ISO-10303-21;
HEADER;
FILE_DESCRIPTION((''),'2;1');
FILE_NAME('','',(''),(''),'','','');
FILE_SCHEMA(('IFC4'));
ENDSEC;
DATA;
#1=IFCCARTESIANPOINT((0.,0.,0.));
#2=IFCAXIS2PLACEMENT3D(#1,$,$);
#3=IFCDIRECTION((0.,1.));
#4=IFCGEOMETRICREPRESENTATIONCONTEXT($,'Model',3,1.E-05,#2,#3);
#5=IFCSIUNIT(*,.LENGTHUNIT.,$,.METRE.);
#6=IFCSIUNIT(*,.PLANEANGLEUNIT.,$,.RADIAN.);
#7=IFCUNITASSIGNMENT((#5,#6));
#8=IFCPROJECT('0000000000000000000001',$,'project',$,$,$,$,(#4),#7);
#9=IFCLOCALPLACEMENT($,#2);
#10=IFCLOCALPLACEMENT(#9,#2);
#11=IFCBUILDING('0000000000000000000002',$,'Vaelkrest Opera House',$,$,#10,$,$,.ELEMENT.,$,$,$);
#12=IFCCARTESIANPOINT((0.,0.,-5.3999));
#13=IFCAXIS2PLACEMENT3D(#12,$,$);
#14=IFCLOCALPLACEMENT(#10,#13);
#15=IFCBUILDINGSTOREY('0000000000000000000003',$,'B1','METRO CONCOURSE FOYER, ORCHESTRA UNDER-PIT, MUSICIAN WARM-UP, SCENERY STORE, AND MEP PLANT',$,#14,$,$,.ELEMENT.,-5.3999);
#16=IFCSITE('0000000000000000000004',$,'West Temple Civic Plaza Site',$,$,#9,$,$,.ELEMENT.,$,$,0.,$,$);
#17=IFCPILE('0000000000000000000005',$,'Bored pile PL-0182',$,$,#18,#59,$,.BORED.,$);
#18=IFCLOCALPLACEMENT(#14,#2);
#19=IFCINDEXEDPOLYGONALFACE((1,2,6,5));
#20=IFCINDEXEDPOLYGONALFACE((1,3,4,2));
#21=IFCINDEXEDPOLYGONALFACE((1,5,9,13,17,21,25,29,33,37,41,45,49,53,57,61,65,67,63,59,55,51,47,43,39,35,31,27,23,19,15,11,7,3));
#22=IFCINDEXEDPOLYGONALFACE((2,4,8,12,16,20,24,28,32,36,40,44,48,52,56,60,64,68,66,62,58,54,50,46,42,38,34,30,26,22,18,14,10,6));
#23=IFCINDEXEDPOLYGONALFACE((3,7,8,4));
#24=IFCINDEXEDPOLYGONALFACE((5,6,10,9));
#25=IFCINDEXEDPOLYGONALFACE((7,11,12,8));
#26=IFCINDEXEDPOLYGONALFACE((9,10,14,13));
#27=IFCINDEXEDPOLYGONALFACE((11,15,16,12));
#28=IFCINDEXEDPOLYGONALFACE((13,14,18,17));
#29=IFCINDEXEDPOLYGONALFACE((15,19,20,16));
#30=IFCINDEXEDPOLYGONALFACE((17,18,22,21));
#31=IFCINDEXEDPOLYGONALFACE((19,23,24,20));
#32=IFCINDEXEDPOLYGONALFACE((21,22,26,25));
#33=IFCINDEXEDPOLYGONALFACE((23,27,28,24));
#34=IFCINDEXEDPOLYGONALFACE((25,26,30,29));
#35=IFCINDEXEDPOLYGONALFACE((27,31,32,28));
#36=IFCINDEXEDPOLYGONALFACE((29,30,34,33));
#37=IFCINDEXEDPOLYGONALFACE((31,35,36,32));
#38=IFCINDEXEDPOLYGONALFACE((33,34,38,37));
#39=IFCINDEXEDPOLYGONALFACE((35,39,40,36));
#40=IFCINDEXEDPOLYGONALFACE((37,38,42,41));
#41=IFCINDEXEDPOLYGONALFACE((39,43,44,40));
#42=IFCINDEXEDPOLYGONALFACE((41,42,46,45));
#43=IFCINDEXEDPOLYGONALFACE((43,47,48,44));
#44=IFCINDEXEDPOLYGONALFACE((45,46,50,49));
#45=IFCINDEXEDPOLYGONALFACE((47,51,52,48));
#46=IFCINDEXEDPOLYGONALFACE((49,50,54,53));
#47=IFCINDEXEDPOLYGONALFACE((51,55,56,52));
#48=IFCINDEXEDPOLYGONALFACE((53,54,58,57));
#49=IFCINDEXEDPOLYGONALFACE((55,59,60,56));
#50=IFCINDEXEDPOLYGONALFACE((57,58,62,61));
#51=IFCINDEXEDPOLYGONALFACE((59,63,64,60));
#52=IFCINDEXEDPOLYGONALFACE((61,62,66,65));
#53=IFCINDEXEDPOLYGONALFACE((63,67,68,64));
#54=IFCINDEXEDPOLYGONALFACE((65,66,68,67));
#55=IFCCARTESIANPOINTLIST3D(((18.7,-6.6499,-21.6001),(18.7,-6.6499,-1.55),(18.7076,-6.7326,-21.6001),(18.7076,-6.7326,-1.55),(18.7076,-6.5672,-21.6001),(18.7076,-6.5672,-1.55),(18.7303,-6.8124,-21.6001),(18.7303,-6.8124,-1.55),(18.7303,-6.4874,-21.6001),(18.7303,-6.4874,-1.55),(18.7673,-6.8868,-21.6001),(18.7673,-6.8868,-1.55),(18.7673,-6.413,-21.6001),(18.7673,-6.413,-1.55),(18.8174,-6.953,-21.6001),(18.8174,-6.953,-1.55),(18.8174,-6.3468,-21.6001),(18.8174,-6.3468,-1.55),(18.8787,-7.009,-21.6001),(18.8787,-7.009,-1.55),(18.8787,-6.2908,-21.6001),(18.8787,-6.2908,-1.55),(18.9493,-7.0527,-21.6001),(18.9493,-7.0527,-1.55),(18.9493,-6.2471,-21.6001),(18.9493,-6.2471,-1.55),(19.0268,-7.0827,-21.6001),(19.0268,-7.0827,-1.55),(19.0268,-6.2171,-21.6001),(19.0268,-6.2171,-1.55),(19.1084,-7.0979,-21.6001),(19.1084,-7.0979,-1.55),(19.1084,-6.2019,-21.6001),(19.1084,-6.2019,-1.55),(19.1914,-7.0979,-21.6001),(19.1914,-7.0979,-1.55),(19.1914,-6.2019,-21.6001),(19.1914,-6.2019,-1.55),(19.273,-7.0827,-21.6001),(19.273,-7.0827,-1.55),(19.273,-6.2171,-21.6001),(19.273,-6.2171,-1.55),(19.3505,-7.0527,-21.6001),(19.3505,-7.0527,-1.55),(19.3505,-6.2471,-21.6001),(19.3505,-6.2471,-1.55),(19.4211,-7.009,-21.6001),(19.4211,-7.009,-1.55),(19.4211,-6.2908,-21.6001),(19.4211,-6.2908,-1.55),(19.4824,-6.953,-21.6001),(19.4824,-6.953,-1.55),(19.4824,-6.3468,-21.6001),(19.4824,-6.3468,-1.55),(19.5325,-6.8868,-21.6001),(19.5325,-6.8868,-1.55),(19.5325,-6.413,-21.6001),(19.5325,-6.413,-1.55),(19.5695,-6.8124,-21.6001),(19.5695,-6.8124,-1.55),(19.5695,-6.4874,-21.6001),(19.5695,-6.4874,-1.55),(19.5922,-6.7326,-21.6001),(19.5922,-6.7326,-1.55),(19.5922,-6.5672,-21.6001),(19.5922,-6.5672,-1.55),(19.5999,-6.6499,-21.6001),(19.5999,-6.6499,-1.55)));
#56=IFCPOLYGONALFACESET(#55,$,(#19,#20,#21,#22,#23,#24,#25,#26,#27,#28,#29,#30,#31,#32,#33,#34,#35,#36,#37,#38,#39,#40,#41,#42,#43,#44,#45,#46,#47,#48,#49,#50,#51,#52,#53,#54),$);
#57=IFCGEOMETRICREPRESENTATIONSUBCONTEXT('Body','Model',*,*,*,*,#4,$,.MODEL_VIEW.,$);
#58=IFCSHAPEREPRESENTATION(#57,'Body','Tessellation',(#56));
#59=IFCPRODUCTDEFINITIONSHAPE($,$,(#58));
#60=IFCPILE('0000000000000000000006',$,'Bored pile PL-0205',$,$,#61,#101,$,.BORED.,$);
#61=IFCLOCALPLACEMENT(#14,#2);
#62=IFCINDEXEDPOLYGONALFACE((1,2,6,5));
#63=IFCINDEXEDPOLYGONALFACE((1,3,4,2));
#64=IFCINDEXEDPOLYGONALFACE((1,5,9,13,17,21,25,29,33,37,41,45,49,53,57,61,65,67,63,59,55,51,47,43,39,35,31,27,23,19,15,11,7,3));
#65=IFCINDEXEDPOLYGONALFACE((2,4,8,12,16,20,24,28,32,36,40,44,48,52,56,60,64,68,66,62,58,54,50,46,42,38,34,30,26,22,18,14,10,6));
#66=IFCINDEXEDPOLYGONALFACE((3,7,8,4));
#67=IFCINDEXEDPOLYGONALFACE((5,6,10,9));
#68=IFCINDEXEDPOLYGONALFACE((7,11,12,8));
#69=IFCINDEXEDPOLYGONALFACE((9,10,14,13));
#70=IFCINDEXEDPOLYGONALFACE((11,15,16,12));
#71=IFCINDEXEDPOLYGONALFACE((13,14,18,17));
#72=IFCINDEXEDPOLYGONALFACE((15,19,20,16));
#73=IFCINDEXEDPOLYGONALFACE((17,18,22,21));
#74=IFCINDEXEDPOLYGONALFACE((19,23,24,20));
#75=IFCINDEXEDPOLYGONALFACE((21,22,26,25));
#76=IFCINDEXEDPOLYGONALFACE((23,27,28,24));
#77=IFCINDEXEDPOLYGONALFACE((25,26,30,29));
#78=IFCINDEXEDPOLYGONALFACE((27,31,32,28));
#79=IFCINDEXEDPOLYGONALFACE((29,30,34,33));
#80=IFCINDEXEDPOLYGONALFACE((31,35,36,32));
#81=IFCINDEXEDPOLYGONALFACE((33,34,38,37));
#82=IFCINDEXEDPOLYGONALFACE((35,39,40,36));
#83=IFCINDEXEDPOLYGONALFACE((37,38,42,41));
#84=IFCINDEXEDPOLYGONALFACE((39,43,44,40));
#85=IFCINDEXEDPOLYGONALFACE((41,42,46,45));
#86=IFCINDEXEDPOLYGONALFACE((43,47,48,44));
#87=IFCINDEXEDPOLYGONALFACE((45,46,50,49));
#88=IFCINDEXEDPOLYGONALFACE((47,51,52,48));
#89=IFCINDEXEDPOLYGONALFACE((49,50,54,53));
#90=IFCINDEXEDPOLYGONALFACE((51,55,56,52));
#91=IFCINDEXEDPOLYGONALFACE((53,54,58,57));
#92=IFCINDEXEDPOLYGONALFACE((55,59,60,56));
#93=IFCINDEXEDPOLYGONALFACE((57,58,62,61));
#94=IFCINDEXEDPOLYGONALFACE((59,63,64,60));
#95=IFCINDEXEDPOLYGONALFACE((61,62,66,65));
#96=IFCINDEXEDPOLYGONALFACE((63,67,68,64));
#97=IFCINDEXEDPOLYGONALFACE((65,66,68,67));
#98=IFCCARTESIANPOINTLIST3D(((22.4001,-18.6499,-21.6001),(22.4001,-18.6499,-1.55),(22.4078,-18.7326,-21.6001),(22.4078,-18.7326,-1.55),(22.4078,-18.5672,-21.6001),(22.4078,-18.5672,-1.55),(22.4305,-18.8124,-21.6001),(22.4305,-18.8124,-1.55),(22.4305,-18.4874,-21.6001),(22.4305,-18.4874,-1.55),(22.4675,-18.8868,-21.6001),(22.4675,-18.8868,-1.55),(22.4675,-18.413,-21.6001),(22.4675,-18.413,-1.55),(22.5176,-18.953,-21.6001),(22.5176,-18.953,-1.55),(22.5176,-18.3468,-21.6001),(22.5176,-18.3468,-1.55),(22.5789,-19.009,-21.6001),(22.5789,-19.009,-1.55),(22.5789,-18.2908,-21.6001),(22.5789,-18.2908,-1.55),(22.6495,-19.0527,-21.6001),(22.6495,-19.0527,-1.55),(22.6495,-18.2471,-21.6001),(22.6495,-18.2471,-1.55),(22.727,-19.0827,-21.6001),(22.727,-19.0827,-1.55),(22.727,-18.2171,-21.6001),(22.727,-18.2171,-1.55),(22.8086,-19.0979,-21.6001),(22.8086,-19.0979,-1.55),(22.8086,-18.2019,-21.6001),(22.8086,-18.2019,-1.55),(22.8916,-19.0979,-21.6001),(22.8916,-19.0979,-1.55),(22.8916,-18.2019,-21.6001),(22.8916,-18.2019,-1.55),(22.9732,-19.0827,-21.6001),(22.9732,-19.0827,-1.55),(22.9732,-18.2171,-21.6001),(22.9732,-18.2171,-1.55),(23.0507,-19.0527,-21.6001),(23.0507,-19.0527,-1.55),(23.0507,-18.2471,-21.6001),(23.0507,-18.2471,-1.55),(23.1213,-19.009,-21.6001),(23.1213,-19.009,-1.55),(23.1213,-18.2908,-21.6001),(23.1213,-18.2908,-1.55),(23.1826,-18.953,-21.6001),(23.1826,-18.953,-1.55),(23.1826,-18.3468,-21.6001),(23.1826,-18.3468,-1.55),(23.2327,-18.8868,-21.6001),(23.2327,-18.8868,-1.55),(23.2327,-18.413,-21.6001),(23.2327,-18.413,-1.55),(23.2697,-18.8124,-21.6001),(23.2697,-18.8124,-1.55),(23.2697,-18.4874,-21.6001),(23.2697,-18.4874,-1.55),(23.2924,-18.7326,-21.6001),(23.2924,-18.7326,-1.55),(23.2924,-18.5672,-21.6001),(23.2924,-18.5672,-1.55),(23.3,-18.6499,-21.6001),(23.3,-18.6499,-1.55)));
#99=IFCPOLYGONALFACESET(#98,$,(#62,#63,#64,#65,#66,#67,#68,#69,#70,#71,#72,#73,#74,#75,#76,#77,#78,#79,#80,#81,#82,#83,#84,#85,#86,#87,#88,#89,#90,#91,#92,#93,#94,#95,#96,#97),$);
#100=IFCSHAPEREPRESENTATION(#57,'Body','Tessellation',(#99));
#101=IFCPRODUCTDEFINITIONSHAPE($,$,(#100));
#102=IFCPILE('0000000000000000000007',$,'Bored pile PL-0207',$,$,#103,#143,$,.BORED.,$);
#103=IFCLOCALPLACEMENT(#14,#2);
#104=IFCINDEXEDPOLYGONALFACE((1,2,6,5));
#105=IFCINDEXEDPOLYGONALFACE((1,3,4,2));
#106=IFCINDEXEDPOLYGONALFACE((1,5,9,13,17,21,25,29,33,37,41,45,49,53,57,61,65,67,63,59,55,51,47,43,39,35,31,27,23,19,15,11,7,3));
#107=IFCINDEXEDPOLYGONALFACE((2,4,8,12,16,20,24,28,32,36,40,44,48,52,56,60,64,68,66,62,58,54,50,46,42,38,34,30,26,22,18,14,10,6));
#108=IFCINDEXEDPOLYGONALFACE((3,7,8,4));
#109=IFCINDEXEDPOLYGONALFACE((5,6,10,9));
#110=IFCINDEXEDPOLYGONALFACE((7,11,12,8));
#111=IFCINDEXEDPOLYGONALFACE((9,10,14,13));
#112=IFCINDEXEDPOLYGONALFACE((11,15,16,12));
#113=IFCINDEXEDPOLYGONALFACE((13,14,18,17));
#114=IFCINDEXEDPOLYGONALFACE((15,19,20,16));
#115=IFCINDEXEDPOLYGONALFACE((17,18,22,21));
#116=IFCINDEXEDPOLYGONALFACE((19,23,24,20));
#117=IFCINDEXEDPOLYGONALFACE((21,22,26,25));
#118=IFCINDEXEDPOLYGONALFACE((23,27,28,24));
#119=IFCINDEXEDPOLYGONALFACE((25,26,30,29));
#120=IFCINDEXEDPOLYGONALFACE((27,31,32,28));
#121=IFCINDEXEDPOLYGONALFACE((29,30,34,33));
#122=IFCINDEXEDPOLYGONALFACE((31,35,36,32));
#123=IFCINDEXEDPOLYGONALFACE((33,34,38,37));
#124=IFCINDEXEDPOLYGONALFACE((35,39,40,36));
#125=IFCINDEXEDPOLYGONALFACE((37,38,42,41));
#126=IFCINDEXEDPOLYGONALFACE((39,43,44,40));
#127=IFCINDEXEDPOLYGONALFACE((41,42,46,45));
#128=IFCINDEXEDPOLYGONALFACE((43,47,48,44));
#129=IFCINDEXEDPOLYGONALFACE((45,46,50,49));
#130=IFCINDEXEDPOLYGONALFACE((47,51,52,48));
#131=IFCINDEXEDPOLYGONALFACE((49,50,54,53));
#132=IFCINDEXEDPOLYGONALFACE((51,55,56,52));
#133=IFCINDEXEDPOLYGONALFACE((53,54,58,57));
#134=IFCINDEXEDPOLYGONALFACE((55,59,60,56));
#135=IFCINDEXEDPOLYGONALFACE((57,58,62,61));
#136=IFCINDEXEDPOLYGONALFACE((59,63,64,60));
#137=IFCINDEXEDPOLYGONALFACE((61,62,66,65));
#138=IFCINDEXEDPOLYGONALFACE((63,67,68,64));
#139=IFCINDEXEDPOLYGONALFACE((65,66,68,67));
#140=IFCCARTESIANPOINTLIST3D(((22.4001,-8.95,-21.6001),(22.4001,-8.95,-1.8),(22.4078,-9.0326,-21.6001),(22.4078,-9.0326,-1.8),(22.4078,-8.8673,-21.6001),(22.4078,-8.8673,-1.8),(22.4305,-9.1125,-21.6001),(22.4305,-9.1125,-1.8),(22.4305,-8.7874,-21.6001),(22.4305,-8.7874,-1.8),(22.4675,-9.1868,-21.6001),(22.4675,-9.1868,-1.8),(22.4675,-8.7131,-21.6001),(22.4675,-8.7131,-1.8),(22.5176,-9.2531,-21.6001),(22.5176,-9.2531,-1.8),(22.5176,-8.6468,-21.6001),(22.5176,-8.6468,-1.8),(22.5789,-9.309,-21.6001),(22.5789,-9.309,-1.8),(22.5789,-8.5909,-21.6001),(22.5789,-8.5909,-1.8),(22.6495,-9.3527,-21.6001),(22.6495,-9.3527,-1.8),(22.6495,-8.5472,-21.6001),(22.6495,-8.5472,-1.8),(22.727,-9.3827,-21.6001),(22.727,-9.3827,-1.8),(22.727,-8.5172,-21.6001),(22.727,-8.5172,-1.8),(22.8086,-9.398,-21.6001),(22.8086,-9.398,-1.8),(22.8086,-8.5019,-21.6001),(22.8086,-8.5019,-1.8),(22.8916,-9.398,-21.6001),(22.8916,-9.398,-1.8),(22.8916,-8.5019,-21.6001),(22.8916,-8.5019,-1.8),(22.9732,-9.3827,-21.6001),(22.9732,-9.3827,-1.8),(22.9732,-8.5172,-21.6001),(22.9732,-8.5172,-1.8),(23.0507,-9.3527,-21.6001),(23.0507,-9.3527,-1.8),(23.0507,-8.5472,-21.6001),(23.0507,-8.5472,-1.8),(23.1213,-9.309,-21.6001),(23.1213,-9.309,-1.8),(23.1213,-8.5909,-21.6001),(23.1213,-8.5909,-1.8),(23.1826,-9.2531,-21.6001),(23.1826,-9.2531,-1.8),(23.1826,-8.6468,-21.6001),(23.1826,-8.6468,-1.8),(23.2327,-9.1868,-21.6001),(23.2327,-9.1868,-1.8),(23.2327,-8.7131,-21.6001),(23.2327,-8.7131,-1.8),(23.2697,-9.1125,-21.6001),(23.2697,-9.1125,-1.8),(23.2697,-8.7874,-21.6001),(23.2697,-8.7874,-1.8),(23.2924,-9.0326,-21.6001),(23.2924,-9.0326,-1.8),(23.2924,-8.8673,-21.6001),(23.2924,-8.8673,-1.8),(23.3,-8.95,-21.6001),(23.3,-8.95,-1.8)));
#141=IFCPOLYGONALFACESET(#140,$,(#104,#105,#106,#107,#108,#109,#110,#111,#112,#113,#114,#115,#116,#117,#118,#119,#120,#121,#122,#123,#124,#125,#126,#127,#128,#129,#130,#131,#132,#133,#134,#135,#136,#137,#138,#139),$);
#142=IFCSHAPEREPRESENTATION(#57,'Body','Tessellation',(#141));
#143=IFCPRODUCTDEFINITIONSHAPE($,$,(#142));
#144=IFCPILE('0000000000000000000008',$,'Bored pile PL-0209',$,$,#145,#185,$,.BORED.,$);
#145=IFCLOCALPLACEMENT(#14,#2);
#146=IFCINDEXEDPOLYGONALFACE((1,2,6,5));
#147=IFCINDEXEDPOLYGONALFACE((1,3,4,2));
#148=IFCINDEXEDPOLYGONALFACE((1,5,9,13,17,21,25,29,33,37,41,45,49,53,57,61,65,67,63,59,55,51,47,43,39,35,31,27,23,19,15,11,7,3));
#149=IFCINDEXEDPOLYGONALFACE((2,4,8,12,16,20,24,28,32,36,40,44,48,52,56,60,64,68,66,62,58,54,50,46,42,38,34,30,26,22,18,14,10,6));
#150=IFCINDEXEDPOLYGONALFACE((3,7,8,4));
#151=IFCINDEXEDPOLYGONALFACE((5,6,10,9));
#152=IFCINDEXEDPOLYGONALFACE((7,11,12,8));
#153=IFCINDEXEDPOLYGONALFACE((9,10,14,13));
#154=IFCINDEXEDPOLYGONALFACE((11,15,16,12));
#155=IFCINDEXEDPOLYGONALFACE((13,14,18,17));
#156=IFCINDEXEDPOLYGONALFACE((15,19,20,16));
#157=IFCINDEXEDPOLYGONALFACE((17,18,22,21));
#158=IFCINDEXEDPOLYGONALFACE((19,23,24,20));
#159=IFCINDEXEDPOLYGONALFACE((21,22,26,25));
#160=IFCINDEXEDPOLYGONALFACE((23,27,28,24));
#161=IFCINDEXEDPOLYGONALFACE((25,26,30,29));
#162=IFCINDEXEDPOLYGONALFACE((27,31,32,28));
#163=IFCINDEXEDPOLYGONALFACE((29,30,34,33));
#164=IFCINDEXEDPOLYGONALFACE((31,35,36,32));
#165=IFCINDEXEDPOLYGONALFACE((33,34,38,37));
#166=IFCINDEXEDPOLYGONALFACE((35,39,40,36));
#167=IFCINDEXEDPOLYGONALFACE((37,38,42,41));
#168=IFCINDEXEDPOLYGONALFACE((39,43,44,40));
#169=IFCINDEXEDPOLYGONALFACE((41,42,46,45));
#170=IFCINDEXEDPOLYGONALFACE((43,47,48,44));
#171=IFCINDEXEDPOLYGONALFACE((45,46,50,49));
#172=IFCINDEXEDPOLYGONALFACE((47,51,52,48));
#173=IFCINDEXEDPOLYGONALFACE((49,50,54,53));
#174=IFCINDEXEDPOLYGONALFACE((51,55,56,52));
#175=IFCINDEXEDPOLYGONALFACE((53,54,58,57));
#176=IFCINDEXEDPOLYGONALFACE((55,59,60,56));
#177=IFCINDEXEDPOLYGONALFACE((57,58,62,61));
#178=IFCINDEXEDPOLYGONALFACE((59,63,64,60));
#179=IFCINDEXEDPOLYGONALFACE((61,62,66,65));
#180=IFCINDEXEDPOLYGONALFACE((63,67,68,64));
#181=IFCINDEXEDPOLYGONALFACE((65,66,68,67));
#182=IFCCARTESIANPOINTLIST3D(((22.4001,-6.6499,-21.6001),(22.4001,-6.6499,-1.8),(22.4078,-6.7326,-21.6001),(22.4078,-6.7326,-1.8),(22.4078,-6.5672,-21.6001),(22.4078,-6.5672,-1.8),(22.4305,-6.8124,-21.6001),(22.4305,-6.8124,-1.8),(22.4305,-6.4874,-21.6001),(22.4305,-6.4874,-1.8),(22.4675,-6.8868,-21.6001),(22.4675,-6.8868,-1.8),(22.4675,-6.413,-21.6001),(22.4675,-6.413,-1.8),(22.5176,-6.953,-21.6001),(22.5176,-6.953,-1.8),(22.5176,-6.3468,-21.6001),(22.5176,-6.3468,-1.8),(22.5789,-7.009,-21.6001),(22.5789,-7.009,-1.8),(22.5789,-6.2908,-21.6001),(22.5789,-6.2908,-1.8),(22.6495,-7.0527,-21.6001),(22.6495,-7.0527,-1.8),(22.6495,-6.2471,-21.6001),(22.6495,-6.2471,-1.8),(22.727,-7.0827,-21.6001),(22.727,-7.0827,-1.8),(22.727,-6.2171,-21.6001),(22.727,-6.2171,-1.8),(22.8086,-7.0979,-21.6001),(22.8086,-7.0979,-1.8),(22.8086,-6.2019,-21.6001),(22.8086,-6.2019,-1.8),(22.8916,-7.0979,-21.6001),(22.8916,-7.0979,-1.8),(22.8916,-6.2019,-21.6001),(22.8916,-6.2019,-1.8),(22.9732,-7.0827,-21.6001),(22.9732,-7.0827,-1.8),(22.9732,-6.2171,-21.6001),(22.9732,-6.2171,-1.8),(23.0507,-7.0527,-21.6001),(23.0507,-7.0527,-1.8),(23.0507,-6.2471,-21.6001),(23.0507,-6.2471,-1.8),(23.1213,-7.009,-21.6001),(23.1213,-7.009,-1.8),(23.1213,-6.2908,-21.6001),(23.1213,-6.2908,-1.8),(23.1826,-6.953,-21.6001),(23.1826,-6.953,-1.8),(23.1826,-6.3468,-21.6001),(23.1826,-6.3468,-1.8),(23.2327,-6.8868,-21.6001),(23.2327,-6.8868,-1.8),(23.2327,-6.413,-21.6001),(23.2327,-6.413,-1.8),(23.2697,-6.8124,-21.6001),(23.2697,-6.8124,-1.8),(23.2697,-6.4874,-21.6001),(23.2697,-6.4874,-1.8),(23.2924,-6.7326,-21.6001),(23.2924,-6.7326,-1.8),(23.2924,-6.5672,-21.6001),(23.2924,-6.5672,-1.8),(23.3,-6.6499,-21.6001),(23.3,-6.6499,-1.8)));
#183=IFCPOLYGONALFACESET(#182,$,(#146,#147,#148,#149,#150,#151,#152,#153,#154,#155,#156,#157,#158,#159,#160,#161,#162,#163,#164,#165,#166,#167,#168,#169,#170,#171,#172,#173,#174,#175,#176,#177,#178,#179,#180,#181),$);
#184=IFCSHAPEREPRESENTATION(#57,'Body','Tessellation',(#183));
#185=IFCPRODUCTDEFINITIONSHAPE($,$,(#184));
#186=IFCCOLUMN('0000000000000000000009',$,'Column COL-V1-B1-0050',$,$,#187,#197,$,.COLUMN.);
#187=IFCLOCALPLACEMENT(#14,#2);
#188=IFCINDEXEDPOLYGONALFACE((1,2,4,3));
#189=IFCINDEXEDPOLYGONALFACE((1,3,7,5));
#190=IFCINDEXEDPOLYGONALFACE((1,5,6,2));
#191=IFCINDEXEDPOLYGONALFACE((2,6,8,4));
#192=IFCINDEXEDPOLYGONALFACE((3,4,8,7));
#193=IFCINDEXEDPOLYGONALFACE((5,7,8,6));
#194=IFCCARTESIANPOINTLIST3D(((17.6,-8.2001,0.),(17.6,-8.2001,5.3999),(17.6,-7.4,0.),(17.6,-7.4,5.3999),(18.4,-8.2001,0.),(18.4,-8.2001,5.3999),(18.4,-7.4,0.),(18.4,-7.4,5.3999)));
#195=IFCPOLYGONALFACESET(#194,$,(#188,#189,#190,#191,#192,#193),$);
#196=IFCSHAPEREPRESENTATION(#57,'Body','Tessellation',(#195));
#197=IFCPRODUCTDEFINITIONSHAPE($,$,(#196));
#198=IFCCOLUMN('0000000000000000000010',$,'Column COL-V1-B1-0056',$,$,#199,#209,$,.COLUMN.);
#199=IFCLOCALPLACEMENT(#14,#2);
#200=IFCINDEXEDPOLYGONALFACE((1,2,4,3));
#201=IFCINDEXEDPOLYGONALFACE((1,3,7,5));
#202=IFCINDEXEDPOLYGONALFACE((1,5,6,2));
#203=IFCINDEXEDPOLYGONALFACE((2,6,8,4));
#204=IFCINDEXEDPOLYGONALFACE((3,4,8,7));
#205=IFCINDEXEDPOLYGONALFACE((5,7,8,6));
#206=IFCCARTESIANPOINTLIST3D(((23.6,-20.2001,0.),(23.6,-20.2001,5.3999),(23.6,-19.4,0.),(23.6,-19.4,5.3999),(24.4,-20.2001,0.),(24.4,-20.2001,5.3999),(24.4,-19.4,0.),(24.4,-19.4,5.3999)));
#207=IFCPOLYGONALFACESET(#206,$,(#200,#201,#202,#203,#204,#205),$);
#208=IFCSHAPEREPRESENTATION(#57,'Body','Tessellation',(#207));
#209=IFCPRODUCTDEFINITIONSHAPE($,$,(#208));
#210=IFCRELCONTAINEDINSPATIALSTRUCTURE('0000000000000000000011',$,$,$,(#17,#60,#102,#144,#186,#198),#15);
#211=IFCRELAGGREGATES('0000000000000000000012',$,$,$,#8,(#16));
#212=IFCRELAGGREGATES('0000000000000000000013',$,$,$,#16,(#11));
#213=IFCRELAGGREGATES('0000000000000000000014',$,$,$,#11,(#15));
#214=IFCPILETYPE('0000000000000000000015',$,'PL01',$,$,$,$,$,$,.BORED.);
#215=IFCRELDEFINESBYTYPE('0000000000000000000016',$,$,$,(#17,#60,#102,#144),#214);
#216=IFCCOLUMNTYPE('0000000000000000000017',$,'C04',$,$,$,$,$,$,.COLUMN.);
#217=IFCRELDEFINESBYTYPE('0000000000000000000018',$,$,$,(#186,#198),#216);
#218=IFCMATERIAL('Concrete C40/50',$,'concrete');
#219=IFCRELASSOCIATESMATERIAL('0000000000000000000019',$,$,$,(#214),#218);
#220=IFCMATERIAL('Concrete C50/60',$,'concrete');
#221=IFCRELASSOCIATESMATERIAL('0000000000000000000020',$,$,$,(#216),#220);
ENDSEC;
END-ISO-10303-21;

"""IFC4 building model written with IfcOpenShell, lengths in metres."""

from ifc_helpers import new_model, si_unit, direction, frame, origin, origin_2d, place, context, subcontext, project, spatial, rectangle, circle, extrude, material, material_profile, profile_set, type_object, element, save


model = new_model("IFC4")

# Units and contexts
model_context = context("Model", 3, precision=1e-05, world=origin(), true_north=direction((0.0, 1.0)))
body_context = subcontext(model_context, "Body", "Model", "MODEL_VIEW")
ifc_project = project(units=[si_unit("LENGTHUNIT", "METRE"), si_unit("PLANEANGLEUNIT", "RADIAN")], contexts=[model_context])

# Site, building, storey
site_placement = place(None, origin())
site = spatial("IfcSite", under=ifc_project, at=site_placement, Name="West Temple Civic Plaza Site", CompositionType="ELEMENT", RefElevation=0.0)
building_placement = place(site_placement, origin())
building = spatial("IfcBuilding", under=site, at=building_placement, Name="Vaelkrest Opera House", CompositionType="ELEMENT")
storey_placement = place(building_placement, frame((0.0, 0.0, -5.3999)))
storey = spatial("IfcBuildingStorey", under=building, at=storey_placement, Name="B1", Description="METRO CONCOURSE FOYER, ORCHESTRA UNDER-PIT, MUSICIAN WARM-UP, SCENERY STORE, AND MEP PLANT", CompositionType="ELEMENT", Elevation=-5.3999)

# Shared definitions
ifc_material_1 = material(Name="Concrete C40/50", Category="concrete")

# Piles
ifc_material_profile_1 = material_profile(ifc_material_1, circle(Radius=0.45, at=origin_2d()), Name="PILE900")
ifc_profile_set_1 = profile_set([ifc_material_profile_1], Name="Concrete C40/50")
pile_type = type_object("IfcPileType", Name="PL01", PredefinedType="BORED", material=ifc_profile_set_1)
for number, where, z_axis, x_axis, name in (
    (1, (19.1499, -6.6499, -1.55), (0.0, 0.0, -1.0), (1.0, 0.0, 0.0), "Bored pile PL-0182"),
    (2, (22.8501, -18.6499, -1.55), (0.0, 0.0, -1.0), (1.0, 0.0, 0.0), "Bored pile PL-0205"),
):
    element("IfcPile", number, at=place(storey_placement, frame(where, z_axis=z_axis, x_axis=x_axis)), inside=storey, type_object=pile_type, Name=name, PredefinedType="BORED", context=body_context, shape_type="SweptSolid", body=[
        extrude(circle(Radius=0.45, at=origin_2d()), origin(), (0.0, 0.0, 1.0), 20.05),
    ])
for number, where, z_axis, x_axis, name in (
    (3, (22.8501, -8.95, -1.8), (0.0, 0.0, -1.0), (1.0, 0.0, 0.0), "Bored pile PL-0207"),
    (4, (22.8501, -6.6499, -1.8), (0.0, 0.0, -1.0), (1.0, 0.0, 0.0), "Bored pile PL-0209"),
):
    element("IfcPile", number, at=place(storey_placement, frame(where, z_axis=z_axis, x_axis=x_axis)), inside=storey, type_object=pile_type, Name=name, PredefinedType="BORED", context=body_context, shape_type="SweptSolid", body=[
        extrude(circle(Radius=0.45, at=origin_2d()), origin(), (0.0, 0.0, 1.0), 19.8),
    ])

# Columns
ifc_material_2 = material(Name="Concrete C50/60", Category="concrete")
ifc_material_profile_2 = material_profile(ifc_material_2, rectangle(XDim=0.8, YDim=0.8, at=origin_2d()), Name="RC800X800")
ifc_profile_set_2 = profile_set([ifc_material_profile_2], Name="Concrete C50/60")
column_type = type_object("IfcColumnType", Name="C04", PredefinedType="COLUMN", material=ifc_profile_set_2)
for number, where, z_axis, x_axis, name in (
    (5, (18.0, -7.8, 0.0), (0.0, 0.0, 1.0), (1.0, 0.0, 0.0), "Column COL-V1-B1-0050"),
    (6, (24.0, -19.8, 0.0), (0.0, 0.0, 1.0), (1.0, 0.0, 0.0), "Column COL-V1-B1-0056"),
):
    element("IfcColumn", number, at=place(storey_placement, frame(where, z_axis=z_axis, x_axis=x_axis)), inside=storey, type_object=column_type, Name=name, PredefinedType="COLUMN", context=body_context, shape_type="SweptSolid", body=[
        extrude(rectangle(XDim=0.8, YDim=0.8, at=origin_2d()), origin(), (0.0, 0.0, 1.0), 5.3999),
    ])

save(model, "model.ifc")
